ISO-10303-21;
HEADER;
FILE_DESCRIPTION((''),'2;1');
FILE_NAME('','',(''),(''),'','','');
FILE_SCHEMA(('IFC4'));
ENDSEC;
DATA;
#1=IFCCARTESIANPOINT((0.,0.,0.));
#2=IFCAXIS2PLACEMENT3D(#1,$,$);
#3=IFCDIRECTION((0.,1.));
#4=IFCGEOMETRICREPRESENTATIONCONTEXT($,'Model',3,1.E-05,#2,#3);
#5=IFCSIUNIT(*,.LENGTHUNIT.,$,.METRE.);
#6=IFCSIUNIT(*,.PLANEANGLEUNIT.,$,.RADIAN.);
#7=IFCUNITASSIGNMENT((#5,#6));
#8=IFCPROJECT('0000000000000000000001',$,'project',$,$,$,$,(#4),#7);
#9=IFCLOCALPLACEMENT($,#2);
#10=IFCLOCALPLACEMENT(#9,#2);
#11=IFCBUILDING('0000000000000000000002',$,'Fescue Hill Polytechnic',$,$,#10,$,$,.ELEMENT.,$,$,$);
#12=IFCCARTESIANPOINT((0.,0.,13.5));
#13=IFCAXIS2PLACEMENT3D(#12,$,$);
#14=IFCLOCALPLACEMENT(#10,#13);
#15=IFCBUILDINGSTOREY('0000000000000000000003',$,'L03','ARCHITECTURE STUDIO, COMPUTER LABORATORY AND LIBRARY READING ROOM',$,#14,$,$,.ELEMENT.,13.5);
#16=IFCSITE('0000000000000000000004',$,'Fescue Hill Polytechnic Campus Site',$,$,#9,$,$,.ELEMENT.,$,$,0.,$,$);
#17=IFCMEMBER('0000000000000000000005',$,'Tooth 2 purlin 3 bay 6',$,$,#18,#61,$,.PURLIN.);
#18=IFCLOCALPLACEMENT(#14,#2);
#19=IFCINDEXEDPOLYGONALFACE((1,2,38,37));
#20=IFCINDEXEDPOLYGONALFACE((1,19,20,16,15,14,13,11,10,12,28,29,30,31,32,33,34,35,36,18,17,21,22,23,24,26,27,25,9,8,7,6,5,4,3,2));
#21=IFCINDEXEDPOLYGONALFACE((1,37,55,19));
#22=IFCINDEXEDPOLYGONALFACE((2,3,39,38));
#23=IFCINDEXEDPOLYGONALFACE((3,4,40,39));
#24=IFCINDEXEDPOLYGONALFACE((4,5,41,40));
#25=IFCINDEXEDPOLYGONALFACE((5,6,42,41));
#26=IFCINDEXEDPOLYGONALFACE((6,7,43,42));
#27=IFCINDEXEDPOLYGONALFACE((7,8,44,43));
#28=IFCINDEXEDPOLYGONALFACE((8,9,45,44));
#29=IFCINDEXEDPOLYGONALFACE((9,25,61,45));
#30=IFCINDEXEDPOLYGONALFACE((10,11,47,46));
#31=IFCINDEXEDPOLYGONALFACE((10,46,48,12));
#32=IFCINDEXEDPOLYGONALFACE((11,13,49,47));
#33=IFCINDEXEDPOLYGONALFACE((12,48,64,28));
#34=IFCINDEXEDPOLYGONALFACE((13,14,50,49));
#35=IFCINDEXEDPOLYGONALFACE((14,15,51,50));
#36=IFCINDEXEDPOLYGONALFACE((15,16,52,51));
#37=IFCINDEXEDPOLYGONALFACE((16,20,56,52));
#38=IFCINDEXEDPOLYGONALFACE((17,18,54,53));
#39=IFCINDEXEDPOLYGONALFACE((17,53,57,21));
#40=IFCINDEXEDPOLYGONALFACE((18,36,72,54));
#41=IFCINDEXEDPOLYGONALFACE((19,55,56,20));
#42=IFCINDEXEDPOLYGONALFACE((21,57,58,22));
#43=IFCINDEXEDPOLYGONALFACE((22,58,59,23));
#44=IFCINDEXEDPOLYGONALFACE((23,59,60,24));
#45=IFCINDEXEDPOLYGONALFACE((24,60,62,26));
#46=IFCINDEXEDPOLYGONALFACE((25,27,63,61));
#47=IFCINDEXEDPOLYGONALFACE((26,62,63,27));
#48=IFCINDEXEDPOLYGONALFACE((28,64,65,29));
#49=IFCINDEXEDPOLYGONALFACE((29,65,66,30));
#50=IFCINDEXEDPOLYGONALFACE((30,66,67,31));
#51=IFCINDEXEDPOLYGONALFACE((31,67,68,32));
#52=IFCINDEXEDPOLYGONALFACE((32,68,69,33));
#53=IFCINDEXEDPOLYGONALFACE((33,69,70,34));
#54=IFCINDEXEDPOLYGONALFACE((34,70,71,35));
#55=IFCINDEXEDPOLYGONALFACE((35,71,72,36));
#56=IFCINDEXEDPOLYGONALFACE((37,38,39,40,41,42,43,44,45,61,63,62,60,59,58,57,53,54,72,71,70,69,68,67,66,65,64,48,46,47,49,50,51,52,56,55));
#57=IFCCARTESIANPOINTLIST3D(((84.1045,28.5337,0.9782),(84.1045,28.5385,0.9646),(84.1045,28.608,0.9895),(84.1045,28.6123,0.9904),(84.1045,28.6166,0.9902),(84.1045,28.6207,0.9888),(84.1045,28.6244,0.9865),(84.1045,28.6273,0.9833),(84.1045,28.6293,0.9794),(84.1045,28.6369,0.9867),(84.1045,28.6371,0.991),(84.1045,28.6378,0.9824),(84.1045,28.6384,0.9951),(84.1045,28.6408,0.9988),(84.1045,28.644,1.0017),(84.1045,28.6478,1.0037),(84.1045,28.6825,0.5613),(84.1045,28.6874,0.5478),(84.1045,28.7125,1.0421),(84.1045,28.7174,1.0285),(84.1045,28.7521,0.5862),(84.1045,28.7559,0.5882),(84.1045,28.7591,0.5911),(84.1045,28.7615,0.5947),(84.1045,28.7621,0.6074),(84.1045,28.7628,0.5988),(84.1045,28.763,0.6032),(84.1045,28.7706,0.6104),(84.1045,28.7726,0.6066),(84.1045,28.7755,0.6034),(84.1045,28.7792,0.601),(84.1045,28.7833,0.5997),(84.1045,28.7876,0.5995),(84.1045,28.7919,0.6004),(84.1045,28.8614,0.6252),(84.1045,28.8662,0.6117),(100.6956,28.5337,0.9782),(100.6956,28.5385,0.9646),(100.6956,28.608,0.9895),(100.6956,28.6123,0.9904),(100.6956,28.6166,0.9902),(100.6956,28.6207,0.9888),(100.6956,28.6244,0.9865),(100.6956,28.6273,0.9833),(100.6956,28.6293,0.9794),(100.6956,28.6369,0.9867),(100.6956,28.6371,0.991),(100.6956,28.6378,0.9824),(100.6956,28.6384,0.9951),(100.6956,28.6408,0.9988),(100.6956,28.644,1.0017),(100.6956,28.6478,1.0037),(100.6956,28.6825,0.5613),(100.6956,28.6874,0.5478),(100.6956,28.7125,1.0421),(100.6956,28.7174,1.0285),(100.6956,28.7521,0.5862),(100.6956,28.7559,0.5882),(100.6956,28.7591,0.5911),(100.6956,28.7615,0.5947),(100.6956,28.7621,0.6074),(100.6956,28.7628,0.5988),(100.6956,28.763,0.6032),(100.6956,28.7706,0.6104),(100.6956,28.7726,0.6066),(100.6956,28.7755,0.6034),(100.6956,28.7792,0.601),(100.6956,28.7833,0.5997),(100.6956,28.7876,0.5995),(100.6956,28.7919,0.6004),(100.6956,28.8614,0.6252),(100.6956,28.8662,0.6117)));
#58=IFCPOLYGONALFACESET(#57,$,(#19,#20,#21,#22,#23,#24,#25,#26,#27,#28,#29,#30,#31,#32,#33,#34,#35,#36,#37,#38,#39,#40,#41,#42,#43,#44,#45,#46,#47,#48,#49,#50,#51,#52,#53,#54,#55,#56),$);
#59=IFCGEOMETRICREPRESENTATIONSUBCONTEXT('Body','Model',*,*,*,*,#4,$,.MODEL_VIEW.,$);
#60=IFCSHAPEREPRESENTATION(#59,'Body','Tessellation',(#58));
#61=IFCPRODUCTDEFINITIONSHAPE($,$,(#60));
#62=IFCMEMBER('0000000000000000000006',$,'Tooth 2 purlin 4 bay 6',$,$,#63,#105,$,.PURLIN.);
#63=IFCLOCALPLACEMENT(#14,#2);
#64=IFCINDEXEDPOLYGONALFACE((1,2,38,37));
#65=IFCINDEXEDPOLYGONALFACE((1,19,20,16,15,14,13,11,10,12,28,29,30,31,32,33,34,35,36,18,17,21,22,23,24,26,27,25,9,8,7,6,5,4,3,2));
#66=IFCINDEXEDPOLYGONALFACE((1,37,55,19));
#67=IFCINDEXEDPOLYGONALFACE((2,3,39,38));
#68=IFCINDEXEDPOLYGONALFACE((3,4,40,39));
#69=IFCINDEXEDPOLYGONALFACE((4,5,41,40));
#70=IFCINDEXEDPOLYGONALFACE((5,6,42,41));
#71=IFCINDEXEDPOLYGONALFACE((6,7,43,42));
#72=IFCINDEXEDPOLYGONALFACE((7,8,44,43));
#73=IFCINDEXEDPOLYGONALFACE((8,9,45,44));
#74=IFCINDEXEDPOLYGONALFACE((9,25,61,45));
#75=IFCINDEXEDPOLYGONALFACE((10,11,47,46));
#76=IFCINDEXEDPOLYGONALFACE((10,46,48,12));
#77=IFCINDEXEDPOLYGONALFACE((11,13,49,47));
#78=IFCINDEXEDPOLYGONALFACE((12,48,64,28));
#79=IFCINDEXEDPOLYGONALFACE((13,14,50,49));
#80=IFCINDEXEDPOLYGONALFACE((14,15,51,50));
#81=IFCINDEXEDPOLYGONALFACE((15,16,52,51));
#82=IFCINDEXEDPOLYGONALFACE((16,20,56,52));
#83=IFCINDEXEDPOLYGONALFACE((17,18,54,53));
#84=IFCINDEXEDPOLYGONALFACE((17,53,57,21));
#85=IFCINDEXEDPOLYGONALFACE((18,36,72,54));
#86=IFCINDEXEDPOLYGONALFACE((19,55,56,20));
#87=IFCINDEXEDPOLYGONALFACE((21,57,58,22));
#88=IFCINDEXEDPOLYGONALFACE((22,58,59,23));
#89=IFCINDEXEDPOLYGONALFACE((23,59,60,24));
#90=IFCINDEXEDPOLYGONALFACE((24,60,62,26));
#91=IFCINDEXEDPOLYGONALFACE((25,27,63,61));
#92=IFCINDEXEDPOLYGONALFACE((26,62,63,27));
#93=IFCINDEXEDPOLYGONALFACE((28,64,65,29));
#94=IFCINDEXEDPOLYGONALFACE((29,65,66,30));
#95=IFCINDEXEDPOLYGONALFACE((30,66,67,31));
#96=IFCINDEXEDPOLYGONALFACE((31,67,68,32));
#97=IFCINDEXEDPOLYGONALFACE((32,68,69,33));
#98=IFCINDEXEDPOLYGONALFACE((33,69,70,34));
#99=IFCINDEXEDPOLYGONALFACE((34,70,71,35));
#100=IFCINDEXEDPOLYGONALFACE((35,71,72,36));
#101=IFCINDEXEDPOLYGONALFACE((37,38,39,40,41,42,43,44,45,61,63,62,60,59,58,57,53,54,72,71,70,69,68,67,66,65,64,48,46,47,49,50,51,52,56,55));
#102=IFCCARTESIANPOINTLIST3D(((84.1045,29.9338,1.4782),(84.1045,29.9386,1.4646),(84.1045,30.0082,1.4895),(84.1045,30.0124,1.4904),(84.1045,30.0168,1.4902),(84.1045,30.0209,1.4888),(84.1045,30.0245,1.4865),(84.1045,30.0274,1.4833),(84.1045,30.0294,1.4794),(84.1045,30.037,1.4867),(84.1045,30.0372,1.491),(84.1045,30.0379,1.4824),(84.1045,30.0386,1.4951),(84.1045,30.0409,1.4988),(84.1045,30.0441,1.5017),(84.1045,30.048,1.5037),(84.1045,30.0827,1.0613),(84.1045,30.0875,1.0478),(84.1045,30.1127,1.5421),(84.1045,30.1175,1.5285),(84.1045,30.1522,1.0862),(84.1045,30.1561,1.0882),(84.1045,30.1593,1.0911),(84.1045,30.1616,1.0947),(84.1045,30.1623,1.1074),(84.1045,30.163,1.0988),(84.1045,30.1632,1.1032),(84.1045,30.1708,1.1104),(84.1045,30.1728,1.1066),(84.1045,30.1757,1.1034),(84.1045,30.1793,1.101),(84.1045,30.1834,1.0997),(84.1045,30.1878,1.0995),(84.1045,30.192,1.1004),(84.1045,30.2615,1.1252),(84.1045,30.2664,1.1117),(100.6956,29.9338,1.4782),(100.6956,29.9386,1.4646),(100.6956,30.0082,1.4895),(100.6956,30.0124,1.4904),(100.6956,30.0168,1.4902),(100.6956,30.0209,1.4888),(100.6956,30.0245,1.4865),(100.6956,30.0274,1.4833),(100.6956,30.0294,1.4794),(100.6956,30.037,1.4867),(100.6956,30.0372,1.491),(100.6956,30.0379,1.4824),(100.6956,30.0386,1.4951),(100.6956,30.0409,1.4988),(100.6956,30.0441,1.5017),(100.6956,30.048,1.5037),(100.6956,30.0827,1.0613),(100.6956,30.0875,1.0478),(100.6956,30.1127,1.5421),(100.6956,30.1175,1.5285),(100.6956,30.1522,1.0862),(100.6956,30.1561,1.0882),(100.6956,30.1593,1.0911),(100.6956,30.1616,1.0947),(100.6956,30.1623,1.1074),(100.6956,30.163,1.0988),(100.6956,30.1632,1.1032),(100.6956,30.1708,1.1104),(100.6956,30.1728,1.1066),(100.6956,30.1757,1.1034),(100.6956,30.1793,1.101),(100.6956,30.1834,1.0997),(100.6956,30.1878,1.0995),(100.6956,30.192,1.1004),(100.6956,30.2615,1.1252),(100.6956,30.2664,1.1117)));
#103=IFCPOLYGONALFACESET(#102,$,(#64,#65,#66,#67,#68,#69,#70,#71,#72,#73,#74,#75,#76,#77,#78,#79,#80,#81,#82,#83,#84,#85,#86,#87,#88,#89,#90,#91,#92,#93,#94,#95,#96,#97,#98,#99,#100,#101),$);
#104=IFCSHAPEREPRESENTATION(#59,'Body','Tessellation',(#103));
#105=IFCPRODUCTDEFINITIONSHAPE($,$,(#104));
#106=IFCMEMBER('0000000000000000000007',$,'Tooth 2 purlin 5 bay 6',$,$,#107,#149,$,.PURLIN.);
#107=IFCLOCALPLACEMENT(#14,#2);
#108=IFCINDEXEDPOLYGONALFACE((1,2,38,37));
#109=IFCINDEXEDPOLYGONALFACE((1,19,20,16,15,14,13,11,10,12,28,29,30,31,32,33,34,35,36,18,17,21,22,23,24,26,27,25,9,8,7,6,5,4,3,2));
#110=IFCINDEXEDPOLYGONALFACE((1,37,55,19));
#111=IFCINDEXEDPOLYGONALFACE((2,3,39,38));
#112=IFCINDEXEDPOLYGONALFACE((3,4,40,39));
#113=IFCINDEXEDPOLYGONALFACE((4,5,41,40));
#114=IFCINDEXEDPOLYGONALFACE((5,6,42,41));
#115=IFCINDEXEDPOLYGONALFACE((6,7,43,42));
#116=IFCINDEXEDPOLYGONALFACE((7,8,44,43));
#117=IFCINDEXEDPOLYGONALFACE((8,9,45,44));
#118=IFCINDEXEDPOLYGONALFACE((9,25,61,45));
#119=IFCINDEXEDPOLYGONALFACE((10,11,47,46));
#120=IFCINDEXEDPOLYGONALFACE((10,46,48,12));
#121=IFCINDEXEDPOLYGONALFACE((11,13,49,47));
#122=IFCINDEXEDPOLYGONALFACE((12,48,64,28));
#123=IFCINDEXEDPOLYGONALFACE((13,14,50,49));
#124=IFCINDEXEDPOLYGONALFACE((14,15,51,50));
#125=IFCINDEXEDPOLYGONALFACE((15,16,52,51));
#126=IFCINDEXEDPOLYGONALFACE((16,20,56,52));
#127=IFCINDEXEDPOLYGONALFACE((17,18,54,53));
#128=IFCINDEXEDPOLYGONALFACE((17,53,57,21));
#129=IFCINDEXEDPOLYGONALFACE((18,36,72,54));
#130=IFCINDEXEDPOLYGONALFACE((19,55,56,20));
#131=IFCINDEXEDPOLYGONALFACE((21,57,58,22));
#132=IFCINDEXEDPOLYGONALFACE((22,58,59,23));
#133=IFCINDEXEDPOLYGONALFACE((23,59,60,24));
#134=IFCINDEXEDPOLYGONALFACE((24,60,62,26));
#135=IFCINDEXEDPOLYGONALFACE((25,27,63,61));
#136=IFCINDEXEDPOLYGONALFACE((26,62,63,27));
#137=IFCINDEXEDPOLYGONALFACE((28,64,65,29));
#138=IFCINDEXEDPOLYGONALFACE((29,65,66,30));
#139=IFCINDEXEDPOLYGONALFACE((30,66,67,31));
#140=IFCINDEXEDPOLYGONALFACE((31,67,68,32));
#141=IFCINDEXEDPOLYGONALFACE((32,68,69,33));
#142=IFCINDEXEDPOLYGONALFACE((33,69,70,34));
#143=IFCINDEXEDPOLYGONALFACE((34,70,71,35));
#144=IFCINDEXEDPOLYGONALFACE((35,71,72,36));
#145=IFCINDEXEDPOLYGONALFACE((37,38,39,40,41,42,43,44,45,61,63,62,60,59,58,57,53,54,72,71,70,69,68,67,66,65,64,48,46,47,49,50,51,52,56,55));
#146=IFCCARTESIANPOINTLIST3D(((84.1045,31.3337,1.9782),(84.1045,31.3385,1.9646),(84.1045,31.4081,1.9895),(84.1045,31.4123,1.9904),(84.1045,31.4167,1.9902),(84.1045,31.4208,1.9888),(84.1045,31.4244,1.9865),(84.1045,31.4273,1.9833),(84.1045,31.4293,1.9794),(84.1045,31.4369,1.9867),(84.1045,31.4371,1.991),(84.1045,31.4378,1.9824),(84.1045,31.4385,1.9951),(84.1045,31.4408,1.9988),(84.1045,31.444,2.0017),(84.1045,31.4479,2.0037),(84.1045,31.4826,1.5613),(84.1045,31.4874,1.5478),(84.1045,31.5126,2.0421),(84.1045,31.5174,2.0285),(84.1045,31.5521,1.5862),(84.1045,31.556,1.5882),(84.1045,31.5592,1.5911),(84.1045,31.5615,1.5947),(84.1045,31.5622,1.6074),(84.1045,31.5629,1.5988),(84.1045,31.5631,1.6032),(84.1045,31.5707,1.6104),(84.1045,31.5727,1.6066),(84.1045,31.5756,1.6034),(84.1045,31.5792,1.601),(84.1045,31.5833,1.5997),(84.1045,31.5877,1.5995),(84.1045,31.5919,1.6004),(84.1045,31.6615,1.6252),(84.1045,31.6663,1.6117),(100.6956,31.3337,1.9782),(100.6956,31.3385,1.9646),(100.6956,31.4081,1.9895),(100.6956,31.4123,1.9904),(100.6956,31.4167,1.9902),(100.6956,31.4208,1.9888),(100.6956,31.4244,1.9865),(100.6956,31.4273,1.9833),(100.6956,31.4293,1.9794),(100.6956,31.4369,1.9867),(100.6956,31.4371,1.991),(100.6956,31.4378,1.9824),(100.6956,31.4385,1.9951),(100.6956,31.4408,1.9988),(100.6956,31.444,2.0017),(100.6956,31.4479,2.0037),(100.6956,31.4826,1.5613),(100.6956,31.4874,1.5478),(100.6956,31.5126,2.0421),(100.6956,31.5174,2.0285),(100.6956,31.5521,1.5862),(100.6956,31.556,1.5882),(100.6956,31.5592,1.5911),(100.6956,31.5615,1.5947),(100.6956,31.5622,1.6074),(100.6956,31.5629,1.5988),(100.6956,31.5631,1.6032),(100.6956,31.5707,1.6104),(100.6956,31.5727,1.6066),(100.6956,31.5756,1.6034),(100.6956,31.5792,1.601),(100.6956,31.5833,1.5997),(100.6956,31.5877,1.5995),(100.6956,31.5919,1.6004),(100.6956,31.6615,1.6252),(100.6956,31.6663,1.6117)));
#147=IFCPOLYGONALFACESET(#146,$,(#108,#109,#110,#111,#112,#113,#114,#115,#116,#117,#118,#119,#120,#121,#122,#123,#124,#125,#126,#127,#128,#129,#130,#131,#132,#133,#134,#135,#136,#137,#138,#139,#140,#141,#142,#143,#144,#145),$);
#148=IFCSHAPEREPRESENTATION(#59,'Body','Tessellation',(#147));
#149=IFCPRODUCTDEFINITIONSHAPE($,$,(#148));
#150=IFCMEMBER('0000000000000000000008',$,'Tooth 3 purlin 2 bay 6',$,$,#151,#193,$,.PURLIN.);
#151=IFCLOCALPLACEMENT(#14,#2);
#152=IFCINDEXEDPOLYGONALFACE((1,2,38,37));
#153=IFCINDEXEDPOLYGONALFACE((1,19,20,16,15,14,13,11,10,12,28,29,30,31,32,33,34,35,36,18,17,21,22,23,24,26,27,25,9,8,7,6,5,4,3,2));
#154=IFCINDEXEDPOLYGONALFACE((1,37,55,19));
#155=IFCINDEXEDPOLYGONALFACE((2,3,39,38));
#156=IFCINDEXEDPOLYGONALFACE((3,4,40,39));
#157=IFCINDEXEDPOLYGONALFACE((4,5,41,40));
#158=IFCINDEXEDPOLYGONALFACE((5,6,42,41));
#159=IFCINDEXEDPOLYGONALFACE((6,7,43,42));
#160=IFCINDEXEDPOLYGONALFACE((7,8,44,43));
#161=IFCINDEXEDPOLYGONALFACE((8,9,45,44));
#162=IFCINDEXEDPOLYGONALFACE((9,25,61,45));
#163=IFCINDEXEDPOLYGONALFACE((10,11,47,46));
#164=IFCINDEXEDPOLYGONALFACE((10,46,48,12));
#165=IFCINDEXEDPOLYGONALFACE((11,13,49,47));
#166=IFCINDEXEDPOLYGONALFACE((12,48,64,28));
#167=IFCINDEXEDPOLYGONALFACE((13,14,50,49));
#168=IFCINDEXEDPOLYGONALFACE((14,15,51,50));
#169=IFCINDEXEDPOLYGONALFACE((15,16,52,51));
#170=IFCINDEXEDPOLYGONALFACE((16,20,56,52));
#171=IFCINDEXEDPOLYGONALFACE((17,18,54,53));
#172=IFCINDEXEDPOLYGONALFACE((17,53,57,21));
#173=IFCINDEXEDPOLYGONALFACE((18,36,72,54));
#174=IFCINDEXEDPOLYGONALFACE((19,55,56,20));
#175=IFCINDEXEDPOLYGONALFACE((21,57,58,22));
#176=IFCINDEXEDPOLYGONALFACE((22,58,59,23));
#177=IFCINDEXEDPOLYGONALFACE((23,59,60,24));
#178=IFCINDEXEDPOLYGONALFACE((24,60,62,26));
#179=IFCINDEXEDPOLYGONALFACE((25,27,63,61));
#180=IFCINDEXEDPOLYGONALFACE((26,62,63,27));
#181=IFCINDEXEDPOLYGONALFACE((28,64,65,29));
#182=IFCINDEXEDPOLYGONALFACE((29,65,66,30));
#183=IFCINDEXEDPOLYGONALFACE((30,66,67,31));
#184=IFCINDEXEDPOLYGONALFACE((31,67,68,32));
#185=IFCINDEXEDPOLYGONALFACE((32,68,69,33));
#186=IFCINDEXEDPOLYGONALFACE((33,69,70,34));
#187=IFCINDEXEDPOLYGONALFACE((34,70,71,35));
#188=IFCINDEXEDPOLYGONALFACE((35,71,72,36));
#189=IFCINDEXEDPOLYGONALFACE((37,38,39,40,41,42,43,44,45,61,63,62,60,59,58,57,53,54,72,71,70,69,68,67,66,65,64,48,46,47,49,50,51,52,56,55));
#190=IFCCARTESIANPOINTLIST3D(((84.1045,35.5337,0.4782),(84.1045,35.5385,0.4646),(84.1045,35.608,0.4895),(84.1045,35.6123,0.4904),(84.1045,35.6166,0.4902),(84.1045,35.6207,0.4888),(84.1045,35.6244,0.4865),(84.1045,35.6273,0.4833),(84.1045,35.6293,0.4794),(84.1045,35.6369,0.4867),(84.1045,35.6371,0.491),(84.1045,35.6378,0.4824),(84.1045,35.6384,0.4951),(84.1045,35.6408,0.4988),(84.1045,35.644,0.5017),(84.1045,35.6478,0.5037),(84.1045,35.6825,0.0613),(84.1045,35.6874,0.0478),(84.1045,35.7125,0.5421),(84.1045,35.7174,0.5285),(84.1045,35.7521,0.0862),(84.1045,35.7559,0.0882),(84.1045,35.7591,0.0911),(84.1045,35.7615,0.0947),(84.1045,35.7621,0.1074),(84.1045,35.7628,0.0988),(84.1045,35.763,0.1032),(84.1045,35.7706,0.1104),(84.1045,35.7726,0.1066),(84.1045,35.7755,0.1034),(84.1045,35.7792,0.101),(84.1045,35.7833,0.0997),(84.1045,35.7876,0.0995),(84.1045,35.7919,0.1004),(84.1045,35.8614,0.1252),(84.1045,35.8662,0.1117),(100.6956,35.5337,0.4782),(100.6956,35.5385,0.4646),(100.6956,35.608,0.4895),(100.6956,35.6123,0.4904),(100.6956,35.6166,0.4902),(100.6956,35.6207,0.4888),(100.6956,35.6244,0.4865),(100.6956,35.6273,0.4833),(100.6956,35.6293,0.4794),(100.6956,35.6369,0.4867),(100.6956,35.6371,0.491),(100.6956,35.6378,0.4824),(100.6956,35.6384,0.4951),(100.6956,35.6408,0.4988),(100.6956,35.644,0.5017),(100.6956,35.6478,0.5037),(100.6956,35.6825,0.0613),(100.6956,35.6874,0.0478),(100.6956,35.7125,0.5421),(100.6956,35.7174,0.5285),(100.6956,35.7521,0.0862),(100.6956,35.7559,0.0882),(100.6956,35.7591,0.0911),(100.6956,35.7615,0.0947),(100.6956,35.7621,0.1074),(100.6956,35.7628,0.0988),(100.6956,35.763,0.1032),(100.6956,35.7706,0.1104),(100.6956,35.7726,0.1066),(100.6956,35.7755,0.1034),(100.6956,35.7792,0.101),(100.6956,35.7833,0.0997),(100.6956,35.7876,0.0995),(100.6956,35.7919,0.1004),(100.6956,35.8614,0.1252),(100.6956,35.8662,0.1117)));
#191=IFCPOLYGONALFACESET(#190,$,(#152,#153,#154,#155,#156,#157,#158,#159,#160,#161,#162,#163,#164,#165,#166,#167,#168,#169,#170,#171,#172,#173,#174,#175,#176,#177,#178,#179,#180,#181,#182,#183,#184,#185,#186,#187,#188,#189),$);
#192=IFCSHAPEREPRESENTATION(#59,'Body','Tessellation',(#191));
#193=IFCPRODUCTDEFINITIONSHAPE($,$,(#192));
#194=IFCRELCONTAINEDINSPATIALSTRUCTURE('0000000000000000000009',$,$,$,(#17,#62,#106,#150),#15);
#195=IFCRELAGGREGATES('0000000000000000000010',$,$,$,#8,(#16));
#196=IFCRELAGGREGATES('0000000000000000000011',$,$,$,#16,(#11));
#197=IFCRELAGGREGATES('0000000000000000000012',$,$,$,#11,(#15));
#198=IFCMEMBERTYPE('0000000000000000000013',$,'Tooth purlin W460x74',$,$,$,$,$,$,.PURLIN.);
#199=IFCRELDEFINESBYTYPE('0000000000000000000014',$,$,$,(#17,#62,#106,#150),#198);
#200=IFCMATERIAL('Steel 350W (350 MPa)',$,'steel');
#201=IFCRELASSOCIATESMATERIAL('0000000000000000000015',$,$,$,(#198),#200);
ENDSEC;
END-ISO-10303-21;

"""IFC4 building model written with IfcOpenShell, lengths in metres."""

from ifc_helpers import new_model, si_unit, direction, frame, origin, origin_2d, place, context, subcontext, project, spatial, i_section, extrude, material, material_profile, profile_set, type_object, element, save


model = new_model("IFC4")

# Units and contexts
model_context = context("Model", 3, precision=1e-05, world=origin(), true_north=direction((0.0, 1.0)))
body_context = subcontext(model_context, "Body", "Model", "MODEL_VIEW")
ifc_project = project(units=[si_unit("LENGTHUNIT", "METRE"), si_unit("PLANEANGLEUNIT", "RADIAN")], contexts=[model_context])

# Site, building, storey
site_placement = place(None, origin())
site = spatial("IfcSite", under=ifc_project, at=site_placement, Name="Fescue Hill Polytechnic Campus Site", CompositionType="ELEMENT", RefElevation=0.0)
building_placement = place(site_placement, origin())
building = spatial("IfcBuilding", under=site, at=building_placement, Name="Fescue Hill Polytechnic", CompositionType="ELEMENT")
storey_placement = place(building_placement, frame((0.0, 0.0, 13.5)))
storey = spatial("IfcBuildingStorey", under=building, at=storey_placement, Name="L03", Description="ARCHITECTURE STUDIO, COMPUTER LABORATORY AND LIBRARY READING ROOM", CompositionType="ELEMENT", Elevation=13.5)

# Members
ifc_material_1 = material(Name="Steel 350W (350 MPa)", Category="steel")
ifc_material_profile_1 = material_profile(ifc_material_1, i_section(OverallWidth=0.1899, OverallDepth=0.457, WebThickness=0.009, FlangeThickness=0.0144, FilletRadius=0.0166, at=origin_2d()), Name="W460x74")
ifc_profile_set_1 = profile_set([ifc_material_profile_1], Name="Steel 350W (350 MPa)")
member_type_1 = type_object("IfcMemberType", Name="Tooth purlin W460x74", PredefinedType="PURLIN", material=ifc_profile_set_1)
for number, where, z_axis, x_axis, name in (
    (1, (84.1045, 28.7, 0.7949), (1.0, 0.0, 0.0), (0.0, 0.941742, 0.336336), "Tooth 2 purlin 3 bay 6"),
    (2, (84.1045, 30.1001, 1.2949), (1.0, 0.0, 0.0), (0.0, 0.941742, 0.336336), "Tooth 2 purlin 4 bay 6"),
    (3, (84.1045, 31.5, 1.7949), (1.0, 0.0, 0.0), (0.0, 0.941742, 0.336336), "Tooth 2 purlin 5 bay 6"),
    (4, (84.1045, 35.7, 0.2949), (1.0, 0.0, 0.0), (0.0, 0.941742, 0.336336), "Tooth 3 purlin 2 bay 6"),
):
    element("IfcMember", number, at=place(storey_placement, frame(where, z_axis=z_axis, x_axis=x_axis)), inside=storey, type_object=member_type_1, Name=name, PredefinedType="PURLIN", context=body_context, shape_type="SweptSolid", body=[
        extrude(i_section(OverallWidth=0.1899, OverallDepth=0.457, WebThickness=0.009, FlangeThickness=0.0144, FilletRadius=0.0166, at=origin_2d()), origin(), (0.0, 0.0, 1.0), 16.5911),
    ])

save(model, "model.ifc")
